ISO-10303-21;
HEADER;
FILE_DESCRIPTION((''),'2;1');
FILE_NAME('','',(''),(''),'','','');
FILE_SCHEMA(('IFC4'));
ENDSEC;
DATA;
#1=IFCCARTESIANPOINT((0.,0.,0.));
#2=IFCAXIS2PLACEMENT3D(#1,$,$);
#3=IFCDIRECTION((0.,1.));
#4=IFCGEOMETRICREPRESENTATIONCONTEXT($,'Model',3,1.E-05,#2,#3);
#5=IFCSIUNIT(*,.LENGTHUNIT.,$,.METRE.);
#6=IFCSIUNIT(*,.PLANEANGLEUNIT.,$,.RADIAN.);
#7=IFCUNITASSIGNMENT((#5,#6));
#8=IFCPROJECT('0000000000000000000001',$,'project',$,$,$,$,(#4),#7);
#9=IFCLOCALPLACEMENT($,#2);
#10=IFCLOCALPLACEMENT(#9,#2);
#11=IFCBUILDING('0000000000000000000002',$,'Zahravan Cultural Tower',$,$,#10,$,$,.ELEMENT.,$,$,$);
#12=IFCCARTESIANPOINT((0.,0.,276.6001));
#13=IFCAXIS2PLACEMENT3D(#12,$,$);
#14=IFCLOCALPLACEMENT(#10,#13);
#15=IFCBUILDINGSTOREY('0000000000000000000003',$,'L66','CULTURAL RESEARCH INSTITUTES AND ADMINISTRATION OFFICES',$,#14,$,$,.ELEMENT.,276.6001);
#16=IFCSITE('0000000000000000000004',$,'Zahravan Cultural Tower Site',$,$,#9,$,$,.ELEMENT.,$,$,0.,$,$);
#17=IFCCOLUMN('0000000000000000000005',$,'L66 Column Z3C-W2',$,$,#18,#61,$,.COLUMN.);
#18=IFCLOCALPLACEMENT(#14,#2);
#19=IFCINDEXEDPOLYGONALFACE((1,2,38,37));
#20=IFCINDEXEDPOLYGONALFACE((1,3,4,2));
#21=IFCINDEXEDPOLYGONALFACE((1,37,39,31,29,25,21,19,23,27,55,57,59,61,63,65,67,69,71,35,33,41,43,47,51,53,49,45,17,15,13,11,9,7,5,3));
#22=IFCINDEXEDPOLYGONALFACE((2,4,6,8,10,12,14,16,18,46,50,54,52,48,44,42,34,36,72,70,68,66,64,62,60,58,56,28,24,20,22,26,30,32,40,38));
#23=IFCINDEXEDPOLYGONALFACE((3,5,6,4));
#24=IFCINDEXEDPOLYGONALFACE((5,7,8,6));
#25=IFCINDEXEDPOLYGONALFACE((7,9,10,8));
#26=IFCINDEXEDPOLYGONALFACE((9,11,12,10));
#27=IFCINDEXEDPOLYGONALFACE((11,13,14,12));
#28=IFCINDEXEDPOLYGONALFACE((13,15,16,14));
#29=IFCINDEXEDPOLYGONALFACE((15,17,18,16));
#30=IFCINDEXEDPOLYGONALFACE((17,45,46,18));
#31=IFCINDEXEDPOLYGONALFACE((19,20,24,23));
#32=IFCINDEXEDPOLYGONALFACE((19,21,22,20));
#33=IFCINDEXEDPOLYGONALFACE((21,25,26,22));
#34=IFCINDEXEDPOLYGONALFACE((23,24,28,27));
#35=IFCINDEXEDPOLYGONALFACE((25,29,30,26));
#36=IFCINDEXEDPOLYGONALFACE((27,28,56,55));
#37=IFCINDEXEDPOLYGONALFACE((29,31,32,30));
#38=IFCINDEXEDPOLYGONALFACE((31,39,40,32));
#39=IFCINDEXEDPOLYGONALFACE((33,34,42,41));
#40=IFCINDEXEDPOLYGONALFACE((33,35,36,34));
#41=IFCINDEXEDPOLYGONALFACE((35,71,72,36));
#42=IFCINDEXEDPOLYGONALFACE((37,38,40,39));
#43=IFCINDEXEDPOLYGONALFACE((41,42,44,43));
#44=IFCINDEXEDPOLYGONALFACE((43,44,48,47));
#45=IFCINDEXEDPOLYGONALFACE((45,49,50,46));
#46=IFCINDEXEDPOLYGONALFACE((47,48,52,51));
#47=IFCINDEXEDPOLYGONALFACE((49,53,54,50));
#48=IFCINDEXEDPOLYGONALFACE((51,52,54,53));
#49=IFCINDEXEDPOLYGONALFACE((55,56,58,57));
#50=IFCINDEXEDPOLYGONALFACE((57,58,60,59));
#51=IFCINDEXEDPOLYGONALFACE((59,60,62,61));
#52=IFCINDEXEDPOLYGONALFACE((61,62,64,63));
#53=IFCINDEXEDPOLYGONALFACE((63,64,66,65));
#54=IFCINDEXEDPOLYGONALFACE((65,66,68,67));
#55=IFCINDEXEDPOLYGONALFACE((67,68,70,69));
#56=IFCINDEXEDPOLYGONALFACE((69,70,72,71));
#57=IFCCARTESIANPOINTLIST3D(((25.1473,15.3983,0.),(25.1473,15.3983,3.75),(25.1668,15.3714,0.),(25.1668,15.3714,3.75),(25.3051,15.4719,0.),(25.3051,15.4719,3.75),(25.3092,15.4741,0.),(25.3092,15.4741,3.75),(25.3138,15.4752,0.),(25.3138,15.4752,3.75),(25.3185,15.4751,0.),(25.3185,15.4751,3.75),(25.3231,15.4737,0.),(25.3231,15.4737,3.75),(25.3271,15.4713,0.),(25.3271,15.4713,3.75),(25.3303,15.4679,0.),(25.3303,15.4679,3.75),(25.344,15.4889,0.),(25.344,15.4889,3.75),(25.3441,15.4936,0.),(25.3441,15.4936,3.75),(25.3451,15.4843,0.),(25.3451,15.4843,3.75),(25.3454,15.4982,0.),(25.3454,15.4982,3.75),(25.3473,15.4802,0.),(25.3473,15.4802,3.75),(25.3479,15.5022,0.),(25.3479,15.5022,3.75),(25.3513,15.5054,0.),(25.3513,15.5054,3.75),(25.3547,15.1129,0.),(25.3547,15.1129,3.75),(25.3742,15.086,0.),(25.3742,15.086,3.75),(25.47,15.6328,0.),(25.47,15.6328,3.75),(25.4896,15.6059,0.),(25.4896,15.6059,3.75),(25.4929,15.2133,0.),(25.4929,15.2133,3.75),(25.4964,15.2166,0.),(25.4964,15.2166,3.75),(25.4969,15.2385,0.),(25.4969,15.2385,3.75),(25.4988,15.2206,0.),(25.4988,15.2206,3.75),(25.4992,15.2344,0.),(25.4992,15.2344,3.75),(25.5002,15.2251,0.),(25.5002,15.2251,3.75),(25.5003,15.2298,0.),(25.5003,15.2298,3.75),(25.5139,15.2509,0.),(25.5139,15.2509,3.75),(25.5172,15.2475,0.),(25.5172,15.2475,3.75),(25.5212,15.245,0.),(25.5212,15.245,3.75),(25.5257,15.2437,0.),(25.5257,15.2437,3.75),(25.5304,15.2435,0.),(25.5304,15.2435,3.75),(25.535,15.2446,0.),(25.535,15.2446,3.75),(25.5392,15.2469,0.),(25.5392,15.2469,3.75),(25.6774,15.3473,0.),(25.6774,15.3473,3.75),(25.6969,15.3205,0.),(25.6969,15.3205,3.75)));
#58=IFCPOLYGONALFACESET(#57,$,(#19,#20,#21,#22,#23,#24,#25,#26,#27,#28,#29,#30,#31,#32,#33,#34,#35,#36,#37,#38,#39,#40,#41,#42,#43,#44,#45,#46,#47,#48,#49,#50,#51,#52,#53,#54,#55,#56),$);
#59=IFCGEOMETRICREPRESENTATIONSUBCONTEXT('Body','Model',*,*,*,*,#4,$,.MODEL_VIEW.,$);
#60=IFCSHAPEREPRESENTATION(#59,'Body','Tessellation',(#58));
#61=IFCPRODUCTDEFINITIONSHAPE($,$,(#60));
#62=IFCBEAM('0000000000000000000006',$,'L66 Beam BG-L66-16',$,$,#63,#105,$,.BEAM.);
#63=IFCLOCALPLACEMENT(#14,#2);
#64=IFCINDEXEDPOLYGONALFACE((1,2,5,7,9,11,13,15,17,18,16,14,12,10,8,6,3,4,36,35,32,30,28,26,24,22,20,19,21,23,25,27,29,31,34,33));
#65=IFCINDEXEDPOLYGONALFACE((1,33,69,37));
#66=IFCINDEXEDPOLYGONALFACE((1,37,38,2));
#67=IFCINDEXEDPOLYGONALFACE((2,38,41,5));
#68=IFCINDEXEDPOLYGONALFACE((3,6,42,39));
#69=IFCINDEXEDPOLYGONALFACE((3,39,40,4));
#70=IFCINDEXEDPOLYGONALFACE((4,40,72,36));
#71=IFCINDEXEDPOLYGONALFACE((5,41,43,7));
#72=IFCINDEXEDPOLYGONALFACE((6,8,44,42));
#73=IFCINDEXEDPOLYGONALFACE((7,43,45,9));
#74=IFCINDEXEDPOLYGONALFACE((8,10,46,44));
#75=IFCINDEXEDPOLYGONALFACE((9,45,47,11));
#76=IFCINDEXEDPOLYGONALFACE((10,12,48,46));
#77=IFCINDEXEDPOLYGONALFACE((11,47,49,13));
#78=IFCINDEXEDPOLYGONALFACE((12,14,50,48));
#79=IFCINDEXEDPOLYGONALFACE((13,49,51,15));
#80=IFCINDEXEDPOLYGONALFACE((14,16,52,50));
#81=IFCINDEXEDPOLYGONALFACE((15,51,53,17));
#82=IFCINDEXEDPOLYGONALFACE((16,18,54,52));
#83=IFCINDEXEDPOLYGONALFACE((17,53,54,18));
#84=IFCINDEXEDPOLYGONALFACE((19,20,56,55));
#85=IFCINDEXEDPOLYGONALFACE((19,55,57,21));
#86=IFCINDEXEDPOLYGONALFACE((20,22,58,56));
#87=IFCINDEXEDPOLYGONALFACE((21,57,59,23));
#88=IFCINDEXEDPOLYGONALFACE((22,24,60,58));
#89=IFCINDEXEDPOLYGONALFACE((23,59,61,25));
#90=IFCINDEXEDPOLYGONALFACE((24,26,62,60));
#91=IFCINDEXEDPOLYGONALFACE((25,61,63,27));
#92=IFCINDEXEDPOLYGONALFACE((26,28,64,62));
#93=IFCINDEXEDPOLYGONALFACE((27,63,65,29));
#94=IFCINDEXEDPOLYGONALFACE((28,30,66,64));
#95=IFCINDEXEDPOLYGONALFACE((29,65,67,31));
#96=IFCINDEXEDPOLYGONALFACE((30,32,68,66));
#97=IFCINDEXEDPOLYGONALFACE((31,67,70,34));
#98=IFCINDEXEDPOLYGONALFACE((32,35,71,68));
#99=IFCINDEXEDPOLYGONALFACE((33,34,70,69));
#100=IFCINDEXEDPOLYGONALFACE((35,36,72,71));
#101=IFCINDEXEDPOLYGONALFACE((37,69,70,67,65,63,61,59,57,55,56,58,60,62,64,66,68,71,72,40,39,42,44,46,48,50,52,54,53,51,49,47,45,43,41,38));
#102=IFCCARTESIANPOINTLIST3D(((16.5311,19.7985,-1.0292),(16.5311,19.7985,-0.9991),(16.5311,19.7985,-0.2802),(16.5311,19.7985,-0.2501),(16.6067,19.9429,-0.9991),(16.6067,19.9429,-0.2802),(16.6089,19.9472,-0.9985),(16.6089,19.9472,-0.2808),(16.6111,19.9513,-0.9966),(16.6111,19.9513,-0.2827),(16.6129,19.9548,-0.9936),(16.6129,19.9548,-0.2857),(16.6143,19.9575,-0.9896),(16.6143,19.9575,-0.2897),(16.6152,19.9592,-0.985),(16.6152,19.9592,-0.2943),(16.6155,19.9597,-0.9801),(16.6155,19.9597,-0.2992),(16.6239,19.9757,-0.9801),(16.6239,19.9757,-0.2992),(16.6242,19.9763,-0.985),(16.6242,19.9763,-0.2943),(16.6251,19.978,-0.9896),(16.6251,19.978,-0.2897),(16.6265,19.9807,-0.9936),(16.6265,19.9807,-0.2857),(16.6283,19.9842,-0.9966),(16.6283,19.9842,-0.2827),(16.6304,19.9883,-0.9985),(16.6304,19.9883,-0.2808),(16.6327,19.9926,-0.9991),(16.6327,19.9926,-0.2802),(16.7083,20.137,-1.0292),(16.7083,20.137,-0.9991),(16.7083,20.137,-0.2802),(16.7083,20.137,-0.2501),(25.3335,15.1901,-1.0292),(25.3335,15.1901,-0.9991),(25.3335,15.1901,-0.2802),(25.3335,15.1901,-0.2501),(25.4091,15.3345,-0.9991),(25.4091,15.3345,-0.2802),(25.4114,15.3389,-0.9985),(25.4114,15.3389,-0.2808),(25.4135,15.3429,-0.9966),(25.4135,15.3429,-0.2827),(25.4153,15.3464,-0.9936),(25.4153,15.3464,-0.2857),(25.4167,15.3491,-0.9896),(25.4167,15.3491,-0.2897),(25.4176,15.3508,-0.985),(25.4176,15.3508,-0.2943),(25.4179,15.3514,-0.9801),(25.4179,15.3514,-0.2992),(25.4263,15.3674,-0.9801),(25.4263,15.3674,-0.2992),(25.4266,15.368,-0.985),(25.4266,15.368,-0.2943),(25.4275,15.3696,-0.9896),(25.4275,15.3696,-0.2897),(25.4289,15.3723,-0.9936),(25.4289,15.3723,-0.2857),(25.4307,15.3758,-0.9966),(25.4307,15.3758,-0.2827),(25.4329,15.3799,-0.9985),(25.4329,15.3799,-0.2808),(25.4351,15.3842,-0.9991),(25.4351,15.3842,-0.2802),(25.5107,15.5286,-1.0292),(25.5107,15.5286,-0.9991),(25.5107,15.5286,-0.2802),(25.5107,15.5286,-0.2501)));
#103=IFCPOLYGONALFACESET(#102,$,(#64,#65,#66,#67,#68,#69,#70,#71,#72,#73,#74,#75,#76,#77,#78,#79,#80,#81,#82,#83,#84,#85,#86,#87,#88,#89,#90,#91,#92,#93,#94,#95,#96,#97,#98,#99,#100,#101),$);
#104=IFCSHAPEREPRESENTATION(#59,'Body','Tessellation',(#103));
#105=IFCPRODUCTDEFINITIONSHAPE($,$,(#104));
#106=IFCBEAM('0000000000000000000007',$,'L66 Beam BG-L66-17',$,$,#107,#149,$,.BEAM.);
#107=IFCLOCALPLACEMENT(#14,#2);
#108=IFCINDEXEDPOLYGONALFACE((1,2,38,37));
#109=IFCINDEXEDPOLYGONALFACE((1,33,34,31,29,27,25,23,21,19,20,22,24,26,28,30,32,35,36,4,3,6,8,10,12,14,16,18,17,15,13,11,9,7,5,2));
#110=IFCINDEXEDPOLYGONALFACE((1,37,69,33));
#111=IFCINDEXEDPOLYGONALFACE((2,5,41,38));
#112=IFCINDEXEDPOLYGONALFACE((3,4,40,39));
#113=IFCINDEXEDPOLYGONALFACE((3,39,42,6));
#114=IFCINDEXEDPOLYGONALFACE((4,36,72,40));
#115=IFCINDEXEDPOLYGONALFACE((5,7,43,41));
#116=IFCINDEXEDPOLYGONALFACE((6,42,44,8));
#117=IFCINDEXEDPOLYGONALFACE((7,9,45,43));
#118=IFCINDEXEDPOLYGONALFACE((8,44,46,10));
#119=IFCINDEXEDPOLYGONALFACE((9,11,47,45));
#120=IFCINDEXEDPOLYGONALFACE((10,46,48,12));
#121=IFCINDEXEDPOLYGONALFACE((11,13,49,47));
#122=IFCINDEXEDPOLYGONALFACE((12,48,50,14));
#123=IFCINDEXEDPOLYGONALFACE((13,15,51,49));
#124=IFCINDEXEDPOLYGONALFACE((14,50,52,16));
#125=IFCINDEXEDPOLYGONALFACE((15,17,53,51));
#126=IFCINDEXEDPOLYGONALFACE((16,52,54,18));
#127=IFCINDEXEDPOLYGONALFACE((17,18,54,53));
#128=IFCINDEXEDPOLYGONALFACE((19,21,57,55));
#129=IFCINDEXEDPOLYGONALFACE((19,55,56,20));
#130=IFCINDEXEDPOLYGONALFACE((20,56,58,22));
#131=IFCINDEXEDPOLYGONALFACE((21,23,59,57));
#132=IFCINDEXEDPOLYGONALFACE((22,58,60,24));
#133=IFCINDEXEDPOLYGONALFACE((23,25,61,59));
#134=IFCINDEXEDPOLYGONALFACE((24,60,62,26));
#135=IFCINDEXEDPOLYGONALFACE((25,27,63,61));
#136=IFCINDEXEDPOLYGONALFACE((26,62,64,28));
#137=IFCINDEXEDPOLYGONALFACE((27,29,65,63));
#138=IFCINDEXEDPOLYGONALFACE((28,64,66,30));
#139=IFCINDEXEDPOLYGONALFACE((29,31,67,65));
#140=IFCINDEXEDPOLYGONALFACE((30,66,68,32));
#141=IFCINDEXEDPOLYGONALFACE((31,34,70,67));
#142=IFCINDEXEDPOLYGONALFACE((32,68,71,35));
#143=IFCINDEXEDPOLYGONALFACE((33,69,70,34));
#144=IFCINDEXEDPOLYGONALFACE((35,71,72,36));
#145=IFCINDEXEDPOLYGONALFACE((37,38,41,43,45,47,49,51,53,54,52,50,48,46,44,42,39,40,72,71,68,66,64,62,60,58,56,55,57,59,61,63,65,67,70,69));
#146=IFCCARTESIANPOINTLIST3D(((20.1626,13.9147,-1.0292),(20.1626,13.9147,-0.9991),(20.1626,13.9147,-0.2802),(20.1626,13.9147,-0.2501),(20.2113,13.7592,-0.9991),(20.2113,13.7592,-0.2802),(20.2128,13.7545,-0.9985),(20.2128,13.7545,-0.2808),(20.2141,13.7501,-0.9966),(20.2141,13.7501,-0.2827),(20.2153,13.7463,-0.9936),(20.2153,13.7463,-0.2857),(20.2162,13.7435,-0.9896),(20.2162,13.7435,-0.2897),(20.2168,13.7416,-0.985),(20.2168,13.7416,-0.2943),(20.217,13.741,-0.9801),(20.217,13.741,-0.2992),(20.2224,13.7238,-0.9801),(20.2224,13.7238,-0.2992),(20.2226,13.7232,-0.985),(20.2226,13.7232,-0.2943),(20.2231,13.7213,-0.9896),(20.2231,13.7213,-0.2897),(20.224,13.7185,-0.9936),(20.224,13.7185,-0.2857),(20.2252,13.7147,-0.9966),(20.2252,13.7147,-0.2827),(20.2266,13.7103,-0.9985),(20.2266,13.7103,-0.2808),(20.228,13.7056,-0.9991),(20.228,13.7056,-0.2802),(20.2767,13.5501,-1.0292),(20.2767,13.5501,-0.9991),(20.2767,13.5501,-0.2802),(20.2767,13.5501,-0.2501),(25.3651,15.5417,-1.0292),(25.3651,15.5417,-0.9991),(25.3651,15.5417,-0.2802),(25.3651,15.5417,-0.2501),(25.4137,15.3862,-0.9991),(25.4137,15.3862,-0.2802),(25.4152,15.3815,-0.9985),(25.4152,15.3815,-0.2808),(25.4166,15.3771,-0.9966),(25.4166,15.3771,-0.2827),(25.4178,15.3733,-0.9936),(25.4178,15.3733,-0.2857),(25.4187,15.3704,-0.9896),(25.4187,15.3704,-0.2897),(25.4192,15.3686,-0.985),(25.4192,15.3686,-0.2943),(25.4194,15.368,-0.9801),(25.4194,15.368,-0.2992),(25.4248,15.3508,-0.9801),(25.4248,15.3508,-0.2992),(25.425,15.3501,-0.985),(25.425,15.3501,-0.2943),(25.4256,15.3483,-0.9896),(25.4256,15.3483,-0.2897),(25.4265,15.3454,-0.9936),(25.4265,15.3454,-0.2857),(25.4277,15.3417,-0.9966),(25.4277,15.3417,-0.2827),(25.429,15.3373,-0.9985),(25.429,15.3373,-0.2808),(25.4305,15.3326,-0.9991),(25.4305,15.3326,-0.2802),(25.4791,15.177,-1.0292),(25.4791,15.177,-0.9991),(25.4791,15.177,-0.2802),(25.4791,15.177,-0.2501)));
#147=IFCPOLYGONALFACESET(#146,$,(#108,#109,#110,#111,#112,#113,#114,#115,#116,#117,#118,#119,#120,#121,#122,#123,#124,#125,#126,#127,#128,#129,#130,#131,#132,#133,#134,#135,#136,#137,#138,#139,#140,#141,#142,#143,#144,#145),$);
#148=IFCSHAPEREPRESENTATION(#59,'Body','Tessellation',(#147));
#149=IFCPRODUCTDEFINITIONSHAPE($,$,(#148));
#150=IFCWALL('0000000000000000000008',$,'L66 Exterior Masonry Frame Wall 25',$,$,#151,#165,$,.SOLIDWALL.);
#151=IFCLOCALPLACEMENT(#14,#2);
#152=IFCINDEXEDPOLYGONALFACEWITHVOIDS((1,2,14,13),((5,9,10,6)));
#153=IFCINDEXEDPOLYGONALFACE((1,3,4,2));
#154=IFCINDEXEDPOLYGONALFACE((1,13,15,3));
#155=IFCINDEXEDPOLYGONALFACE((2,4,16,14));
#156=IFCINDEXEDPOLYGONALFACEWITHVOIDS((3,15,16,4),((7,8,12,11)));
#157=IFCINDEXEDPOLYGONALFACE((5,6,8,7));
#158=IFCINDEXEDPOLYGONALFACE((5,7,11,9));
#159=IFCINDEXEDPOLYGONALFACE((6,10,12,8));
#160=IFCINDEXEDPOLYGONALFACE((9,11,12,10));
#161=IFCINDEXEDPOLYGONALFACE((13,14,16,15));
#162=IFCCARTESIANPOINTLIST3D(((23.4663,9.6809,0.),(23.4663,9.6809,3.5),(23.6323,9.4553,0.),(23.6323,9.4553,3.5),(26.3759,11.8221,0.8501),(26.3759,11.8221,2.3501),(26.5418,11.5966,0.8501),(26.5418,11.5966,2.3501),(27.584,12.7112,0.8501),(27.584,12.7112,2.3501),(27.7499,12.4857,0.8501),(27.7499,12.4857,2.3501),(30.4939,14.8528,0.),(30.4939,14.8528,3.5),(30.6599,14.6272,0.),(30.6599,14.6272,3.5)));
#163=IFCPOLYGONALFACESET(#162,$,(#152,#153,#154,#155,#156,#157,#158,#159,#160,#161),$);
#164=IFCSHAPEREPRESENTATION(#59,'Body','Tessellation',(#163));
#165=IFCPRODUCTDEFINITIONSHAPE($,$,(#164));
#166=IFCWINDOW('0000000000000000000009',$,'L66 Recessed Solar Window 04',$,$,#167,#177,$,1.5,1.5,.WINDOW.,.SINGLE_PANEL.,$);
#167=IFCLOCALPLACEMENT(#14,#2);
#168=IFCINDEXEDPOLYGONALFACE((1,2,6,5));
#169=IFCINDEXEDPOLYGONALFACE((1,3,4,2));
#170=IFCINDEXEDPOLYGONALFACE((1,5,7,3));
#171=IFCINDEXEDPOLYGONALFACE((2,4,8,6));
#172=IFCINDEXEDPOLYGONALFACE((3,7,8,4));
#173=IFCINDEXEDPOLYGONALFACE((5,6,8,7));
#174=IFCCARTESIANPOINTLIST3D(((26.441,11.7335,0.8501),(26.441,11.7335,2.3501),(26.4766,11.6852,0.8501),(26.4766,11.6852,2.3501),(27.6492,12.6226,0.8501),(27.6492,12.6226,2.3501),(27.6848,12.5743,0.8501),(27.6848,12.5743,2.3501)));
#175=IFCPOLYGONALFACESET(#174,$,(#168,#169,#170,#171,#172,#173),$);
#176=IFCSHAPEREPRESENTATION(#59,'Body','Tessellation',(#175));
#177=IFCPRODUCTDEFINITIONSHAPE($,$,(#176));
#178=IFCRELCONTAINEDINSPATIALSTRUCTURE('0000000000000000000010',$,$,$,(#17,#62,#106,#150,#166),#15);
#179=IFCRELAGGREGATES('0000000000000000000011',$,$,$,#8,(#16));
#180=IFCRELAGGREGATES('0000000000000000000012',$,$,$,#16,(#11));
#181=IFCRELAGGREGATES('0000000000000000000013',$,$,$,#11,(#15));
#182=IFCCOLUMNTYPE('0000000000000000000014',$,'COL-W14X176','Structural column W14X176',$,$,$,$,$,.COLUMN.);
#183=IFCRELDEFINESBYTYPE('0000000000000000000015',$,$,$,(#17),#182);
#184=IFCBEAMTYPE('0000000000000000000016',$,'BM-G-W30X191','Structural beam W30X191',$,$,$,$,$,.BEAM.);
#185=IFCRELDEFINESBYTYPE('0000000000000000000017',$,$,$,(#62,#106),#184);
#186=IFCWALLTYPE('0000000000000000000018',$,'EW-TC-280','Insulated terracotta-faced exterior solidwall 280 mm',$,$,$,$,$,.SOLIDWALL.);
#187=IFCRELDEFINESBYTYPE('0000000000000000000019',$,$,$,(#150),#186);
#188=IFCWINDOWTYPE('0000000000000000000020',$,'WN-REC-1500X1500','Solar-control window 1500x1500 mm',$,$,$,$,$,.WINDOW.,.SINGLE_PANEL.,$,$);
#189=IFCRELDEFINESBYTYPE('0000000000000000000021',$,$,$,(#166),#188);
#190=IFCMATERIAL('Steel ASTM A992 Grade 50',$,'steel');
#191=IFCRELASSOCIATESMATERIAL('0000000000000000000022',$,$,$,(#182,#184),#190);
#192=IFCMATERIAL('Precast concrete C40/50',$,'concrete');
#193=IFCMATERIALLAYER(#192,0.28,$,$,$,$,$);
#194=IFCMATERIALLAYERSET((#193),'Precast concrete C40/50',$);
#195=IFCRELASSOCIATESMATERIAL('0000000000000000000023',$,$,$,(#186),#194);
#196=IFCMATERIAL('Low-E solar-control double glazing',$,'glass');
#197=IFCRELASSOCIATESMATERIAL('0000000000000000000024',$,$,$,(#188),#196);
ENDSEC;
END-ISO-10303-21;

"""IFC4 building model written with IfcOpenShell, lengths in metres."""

from ifc_helpers import new_model, si_unit, direction, frame, frame_2d, origin, origin_2d, place, context, subcontext, project, spatial, rectangle, i_section, extrude, source, transform, mapped, material, layer, layer_set, material_profile, profile_set, type_object, element, fill, save


model = new_model("IFC4")

# Units and contexts
model_context = context("Model", 3, precision=1e-05, world=origin(), true_north=direction((0.0, 1.0)))
body_context = subcontext(model_context, "Body", "Model", "MODEL_VIEW")
ifc_project = project(units=[si_unit("LENGTHUNIT", "METRE"), si_unit("PLANEANGLEUNIT", "RADIAN")], contexts=[model_context])

# Site, building, storey
site_placement = place(None, origin())
site = spatial("IfcSite", under=ifc_project, at=site_placement, Name="Zahravan Cultural Tower Site", CompositionType="ELEMENT", RefElevation=0.0)
building_placement = place(site_placement, origin())
building = spatial("IfcBuilding", under=site, at=building_placement, Name="Zahravan Cultural Tower", CompositionType="ELEMENT")
storey_placement = place(building_placement, frame((0.0, 0.0, 276.6001)))
storey = spatial("IfcBuildingStorey", under=building, at=storey_placement, Name="L66", Description="CULTURAL RESEARCH INSTITUTES AND ADMINISTRATION OFFICES", CompositionType="ELEMENT", Elevation=276.6001)

# Column
ifc_material_1 = material(Name="Steel ASTM A992 Grade 50", Category="steel")
ifc_material_profile_1 = material_profile(ifc_material_1, i_section(OverallWidth=0.3989, OverallDepth=0.386, WebThickness=0.021, FlangeThickness=0.0332, FilletRadius=0.0181, at=origin_2d()), Name="W14X176")
ifc_profile_set_1 = profile_set([ifc_material_profile_1], Name="Steel ASTM A992 Grade 50")
column_type = type_object("IfcColumnType", Name="COL-W14X176", Description="Structural column W14X176", PredefinedType="COLUMN", material=ifc_profile_set_1)
shared_shape_1 = source(origin(), body_context, "Body", "SweptSolid", [
    extrude(i_section(OverallWidth=0.3989, OverallDepth=0.386, WebThickness=0.021, FlangeThickness=0.0332, FilletRadius=0.0181, at=origin_2d()), origin(), (0.0, 0.0, 1.0), 3.75),
])
column_placement = place(storey_placement, frame((25.4221, 15.3594, 0.0), z_axis=(0.0, 0.0, 1.0), x_axis=(0.809017, 0.587785, 0.0)))
element("IfcColumn", 1, at=column_placement, inside=storey, type_object=column_type, Name="L66 Column Z3C-W2", PredefinedType="COLUMN", context=body_context, shape_type="MappedRepresentation", body=[
    mapped(shared_shape_1, transform((0.0, 0.0, 0.0), x_axis=(1.0, 0.0, 0.0), y_axis=(0.0, 1.0, 0.0), z_axis=(0.0, 0.0, 1.0), scale=1.0)),
])

# Beams
ifc_material_profile_2 = material_profile(ifc_material_1, i_section(OverallWidth=0.3821, OverallDepth=0.7791, WebThickness=0.0181, FlangeThickness=0.03, FilletRadius=0.019, at=origin_2d()), Name="W30X191")
ifc_profile_set_2 = profile_set([ifc_material_profile_2], Name="Steel ASTM A992 Grade 50")
beam_type = type_object("IfcBeamType", Name="BM-G-W30X191", Description="Structural beam W30X191", PredefinedType="BEAM", material=ifc_profile_set_2)
shared_shape_2 = source(origin(), body_context, "Body", "SweptSolid", [
    extrude(i_section(OverallWidth=0.3821, OverallDepth=0.7791, WebThickness=0.0181, FlangeThickness=0.03, FilletRadius=0.019, at=origin_2d()), origin(), (0.0, 0.0, 1.0), 9.9358),
])
beam_1_placement = place(storey_placement, frame((25.4221, 15.3594, -0.6396), z_axis=(-0.885932, 0.463815, 0.0), x_axis=(-0.463815, -0.885932, 0.0)))
element("IfcBeam", 2, at=beam_1_placement, inside=storey, type_object=beam_type, Name="L66 Beam BG-L66-16", PredefinedType="BEAM", context=body_context, shape_type="MappedRepresentation", body=[
    mapped(shared_shape_2, transform((0.0, 0.0, 0.0), x_axis=(1.0, 0.0, 0.0), y_axis=(0.0, 1.0, 0.0), z_axis=(0.0, 0.0, 1.0), scale=1.0)),
])
shared_shape_3 = source(origin(), body_context, "Body", "SweptSolid", [
    extrude(i_section(OverallWidth=0.3821, OverallDepth=0.7791, WebThickness=0.0181, FlangeThickness=0.03, FilletRadius=0.019, at=origin_2d()), origin(), (0.0, 0.0, 1.0), 5.4509),
])
beam_2_placement = place(storey_placement, frame((25.4221, 15.3594, -0.6396), z_axis=(-0.954417, -0.298476, 0.0), x_axis=(0.298476, -0.954417, 0.0)))
element("IfcBeam", 3, at=beam_2_placement, inside=storey, type_object=beam_type, Name="L66 Beam BG-L66-17", PredefinedType="BEAM", context=body_context, shape_type="MappedRepresentation", body=[
    mapped(shared_shape_3, transform((0.0, 0.0, 0.0), x_axis=(1.0, 0.0, 0.0), y_axis=(0.0, 1.0, 0.0), z_axis=(0.0, 0.0, 1.0), scale=1.0)),
])

# Wall, opening, window
ifc_material_2 = material(Name="Precast concrete C40/50", Category="concrete")
ifc_layer_1 = layer(ifc_material_2, 0.28)
ifc_layer_set_1 = layer_set([ifc_layer_1], Name="Precast concrete C40/50")
wall_type_1 = type_object("IfcWallType", Name="EW-TC-280", Description="Insulated terracotta-faced exterior solidwall 280 mm", PredefinedType="SOLIDWALL", material=ifc_layer_set_1)
wall_1_placement = place(storey_placement, frame((30.5769, 14.74, 0.0), z_axis=(0.0, 0.0, 1.0), x_axis=(-0.805403, -0.592727, 0.0)))
wall_1 = element("IfcWall", 4, at=wall_1_placement, inside=storey, type_object=wall_type_1, Name="L66 Exterior Masonry Frame Wall 25", PredefinedType="SOLIDWALL", context=body_context, shape_type="SweptSolid", body=[
    extrude(rectangle(XDim=8.7256, YDim=0.28, at=frame_2d((4.3628, 0.0))), origin(), (0.0, 0.0, 1.0), 3.5),
])
opening_1_placement = place(wall_1_placement, frame((3.613, 0.0, 0.8501)))
opening_1 = element("IfcOpeningElement", 5, at=opening_1_placement, cuts=wall_1, PredefinedType="OPENING", context=body_context, shape_type="SweptSolid", body=[
    extrude(rectangle(XDim=1.5, YDim=1.5, at=frame_2d((0.75, 0.75))), frame((0.0, 0.1499, 0.0), z_axis=(0.0, -1.0, 0.0), x_axis=(1.0, 0.0, 0.0)), (0.0, 0.0, 1.0), 0.3),
])
ifc_material_3 = material(Name="Low-E solar-control double glazing", Category="glass")
window_type = type_object("IfcWindowType", Name="WN-REC-1500X1500", Description="Solar-control window 1500x1500 mm", PartitioningType="SINGLE_PANEL", PredefinedType="WINDOW", material=ifc_material_3)
shared_shape_4 = source(origin(), body_context, "Body", "SweptSolid", [
    extrude(rectangle(XDim=1.5, YDim=1.5, at=frame_2d((0.75, 0.75))), frame((0.0, 0.03, 0.0), z_axis=(0.0, -1.0, 0.0), x_axis=(1.0, 0.0, 0.0)), (0.0, 0.0, 1.0), 0.0601),
])
window_placement = place(opening_1_placement, origin())
window = element("IfcWindow", 6, at=window_placement, inside=storey, type_object=window_type, Name="L66 Recessed Solar Window 04", OverallHeight=1.5, OverallWidth=1.5, PartitioningType="SINGLE_PANEL", PredefinedType="WINDOW", context=body_context, shape_type="MappedRepresentation", body=[
    mapped(shared_shape_4, transform((0.0, 0.0, 0.0), x_axis=(1.0, 0.0, 0.0), y_axis=(0.0, 1.0, 0.0), z_axis=(0.0, 0.0, 1.0), scale=1.0)),
])
fill(opening_1, window)

save(model, "model.ifc")
